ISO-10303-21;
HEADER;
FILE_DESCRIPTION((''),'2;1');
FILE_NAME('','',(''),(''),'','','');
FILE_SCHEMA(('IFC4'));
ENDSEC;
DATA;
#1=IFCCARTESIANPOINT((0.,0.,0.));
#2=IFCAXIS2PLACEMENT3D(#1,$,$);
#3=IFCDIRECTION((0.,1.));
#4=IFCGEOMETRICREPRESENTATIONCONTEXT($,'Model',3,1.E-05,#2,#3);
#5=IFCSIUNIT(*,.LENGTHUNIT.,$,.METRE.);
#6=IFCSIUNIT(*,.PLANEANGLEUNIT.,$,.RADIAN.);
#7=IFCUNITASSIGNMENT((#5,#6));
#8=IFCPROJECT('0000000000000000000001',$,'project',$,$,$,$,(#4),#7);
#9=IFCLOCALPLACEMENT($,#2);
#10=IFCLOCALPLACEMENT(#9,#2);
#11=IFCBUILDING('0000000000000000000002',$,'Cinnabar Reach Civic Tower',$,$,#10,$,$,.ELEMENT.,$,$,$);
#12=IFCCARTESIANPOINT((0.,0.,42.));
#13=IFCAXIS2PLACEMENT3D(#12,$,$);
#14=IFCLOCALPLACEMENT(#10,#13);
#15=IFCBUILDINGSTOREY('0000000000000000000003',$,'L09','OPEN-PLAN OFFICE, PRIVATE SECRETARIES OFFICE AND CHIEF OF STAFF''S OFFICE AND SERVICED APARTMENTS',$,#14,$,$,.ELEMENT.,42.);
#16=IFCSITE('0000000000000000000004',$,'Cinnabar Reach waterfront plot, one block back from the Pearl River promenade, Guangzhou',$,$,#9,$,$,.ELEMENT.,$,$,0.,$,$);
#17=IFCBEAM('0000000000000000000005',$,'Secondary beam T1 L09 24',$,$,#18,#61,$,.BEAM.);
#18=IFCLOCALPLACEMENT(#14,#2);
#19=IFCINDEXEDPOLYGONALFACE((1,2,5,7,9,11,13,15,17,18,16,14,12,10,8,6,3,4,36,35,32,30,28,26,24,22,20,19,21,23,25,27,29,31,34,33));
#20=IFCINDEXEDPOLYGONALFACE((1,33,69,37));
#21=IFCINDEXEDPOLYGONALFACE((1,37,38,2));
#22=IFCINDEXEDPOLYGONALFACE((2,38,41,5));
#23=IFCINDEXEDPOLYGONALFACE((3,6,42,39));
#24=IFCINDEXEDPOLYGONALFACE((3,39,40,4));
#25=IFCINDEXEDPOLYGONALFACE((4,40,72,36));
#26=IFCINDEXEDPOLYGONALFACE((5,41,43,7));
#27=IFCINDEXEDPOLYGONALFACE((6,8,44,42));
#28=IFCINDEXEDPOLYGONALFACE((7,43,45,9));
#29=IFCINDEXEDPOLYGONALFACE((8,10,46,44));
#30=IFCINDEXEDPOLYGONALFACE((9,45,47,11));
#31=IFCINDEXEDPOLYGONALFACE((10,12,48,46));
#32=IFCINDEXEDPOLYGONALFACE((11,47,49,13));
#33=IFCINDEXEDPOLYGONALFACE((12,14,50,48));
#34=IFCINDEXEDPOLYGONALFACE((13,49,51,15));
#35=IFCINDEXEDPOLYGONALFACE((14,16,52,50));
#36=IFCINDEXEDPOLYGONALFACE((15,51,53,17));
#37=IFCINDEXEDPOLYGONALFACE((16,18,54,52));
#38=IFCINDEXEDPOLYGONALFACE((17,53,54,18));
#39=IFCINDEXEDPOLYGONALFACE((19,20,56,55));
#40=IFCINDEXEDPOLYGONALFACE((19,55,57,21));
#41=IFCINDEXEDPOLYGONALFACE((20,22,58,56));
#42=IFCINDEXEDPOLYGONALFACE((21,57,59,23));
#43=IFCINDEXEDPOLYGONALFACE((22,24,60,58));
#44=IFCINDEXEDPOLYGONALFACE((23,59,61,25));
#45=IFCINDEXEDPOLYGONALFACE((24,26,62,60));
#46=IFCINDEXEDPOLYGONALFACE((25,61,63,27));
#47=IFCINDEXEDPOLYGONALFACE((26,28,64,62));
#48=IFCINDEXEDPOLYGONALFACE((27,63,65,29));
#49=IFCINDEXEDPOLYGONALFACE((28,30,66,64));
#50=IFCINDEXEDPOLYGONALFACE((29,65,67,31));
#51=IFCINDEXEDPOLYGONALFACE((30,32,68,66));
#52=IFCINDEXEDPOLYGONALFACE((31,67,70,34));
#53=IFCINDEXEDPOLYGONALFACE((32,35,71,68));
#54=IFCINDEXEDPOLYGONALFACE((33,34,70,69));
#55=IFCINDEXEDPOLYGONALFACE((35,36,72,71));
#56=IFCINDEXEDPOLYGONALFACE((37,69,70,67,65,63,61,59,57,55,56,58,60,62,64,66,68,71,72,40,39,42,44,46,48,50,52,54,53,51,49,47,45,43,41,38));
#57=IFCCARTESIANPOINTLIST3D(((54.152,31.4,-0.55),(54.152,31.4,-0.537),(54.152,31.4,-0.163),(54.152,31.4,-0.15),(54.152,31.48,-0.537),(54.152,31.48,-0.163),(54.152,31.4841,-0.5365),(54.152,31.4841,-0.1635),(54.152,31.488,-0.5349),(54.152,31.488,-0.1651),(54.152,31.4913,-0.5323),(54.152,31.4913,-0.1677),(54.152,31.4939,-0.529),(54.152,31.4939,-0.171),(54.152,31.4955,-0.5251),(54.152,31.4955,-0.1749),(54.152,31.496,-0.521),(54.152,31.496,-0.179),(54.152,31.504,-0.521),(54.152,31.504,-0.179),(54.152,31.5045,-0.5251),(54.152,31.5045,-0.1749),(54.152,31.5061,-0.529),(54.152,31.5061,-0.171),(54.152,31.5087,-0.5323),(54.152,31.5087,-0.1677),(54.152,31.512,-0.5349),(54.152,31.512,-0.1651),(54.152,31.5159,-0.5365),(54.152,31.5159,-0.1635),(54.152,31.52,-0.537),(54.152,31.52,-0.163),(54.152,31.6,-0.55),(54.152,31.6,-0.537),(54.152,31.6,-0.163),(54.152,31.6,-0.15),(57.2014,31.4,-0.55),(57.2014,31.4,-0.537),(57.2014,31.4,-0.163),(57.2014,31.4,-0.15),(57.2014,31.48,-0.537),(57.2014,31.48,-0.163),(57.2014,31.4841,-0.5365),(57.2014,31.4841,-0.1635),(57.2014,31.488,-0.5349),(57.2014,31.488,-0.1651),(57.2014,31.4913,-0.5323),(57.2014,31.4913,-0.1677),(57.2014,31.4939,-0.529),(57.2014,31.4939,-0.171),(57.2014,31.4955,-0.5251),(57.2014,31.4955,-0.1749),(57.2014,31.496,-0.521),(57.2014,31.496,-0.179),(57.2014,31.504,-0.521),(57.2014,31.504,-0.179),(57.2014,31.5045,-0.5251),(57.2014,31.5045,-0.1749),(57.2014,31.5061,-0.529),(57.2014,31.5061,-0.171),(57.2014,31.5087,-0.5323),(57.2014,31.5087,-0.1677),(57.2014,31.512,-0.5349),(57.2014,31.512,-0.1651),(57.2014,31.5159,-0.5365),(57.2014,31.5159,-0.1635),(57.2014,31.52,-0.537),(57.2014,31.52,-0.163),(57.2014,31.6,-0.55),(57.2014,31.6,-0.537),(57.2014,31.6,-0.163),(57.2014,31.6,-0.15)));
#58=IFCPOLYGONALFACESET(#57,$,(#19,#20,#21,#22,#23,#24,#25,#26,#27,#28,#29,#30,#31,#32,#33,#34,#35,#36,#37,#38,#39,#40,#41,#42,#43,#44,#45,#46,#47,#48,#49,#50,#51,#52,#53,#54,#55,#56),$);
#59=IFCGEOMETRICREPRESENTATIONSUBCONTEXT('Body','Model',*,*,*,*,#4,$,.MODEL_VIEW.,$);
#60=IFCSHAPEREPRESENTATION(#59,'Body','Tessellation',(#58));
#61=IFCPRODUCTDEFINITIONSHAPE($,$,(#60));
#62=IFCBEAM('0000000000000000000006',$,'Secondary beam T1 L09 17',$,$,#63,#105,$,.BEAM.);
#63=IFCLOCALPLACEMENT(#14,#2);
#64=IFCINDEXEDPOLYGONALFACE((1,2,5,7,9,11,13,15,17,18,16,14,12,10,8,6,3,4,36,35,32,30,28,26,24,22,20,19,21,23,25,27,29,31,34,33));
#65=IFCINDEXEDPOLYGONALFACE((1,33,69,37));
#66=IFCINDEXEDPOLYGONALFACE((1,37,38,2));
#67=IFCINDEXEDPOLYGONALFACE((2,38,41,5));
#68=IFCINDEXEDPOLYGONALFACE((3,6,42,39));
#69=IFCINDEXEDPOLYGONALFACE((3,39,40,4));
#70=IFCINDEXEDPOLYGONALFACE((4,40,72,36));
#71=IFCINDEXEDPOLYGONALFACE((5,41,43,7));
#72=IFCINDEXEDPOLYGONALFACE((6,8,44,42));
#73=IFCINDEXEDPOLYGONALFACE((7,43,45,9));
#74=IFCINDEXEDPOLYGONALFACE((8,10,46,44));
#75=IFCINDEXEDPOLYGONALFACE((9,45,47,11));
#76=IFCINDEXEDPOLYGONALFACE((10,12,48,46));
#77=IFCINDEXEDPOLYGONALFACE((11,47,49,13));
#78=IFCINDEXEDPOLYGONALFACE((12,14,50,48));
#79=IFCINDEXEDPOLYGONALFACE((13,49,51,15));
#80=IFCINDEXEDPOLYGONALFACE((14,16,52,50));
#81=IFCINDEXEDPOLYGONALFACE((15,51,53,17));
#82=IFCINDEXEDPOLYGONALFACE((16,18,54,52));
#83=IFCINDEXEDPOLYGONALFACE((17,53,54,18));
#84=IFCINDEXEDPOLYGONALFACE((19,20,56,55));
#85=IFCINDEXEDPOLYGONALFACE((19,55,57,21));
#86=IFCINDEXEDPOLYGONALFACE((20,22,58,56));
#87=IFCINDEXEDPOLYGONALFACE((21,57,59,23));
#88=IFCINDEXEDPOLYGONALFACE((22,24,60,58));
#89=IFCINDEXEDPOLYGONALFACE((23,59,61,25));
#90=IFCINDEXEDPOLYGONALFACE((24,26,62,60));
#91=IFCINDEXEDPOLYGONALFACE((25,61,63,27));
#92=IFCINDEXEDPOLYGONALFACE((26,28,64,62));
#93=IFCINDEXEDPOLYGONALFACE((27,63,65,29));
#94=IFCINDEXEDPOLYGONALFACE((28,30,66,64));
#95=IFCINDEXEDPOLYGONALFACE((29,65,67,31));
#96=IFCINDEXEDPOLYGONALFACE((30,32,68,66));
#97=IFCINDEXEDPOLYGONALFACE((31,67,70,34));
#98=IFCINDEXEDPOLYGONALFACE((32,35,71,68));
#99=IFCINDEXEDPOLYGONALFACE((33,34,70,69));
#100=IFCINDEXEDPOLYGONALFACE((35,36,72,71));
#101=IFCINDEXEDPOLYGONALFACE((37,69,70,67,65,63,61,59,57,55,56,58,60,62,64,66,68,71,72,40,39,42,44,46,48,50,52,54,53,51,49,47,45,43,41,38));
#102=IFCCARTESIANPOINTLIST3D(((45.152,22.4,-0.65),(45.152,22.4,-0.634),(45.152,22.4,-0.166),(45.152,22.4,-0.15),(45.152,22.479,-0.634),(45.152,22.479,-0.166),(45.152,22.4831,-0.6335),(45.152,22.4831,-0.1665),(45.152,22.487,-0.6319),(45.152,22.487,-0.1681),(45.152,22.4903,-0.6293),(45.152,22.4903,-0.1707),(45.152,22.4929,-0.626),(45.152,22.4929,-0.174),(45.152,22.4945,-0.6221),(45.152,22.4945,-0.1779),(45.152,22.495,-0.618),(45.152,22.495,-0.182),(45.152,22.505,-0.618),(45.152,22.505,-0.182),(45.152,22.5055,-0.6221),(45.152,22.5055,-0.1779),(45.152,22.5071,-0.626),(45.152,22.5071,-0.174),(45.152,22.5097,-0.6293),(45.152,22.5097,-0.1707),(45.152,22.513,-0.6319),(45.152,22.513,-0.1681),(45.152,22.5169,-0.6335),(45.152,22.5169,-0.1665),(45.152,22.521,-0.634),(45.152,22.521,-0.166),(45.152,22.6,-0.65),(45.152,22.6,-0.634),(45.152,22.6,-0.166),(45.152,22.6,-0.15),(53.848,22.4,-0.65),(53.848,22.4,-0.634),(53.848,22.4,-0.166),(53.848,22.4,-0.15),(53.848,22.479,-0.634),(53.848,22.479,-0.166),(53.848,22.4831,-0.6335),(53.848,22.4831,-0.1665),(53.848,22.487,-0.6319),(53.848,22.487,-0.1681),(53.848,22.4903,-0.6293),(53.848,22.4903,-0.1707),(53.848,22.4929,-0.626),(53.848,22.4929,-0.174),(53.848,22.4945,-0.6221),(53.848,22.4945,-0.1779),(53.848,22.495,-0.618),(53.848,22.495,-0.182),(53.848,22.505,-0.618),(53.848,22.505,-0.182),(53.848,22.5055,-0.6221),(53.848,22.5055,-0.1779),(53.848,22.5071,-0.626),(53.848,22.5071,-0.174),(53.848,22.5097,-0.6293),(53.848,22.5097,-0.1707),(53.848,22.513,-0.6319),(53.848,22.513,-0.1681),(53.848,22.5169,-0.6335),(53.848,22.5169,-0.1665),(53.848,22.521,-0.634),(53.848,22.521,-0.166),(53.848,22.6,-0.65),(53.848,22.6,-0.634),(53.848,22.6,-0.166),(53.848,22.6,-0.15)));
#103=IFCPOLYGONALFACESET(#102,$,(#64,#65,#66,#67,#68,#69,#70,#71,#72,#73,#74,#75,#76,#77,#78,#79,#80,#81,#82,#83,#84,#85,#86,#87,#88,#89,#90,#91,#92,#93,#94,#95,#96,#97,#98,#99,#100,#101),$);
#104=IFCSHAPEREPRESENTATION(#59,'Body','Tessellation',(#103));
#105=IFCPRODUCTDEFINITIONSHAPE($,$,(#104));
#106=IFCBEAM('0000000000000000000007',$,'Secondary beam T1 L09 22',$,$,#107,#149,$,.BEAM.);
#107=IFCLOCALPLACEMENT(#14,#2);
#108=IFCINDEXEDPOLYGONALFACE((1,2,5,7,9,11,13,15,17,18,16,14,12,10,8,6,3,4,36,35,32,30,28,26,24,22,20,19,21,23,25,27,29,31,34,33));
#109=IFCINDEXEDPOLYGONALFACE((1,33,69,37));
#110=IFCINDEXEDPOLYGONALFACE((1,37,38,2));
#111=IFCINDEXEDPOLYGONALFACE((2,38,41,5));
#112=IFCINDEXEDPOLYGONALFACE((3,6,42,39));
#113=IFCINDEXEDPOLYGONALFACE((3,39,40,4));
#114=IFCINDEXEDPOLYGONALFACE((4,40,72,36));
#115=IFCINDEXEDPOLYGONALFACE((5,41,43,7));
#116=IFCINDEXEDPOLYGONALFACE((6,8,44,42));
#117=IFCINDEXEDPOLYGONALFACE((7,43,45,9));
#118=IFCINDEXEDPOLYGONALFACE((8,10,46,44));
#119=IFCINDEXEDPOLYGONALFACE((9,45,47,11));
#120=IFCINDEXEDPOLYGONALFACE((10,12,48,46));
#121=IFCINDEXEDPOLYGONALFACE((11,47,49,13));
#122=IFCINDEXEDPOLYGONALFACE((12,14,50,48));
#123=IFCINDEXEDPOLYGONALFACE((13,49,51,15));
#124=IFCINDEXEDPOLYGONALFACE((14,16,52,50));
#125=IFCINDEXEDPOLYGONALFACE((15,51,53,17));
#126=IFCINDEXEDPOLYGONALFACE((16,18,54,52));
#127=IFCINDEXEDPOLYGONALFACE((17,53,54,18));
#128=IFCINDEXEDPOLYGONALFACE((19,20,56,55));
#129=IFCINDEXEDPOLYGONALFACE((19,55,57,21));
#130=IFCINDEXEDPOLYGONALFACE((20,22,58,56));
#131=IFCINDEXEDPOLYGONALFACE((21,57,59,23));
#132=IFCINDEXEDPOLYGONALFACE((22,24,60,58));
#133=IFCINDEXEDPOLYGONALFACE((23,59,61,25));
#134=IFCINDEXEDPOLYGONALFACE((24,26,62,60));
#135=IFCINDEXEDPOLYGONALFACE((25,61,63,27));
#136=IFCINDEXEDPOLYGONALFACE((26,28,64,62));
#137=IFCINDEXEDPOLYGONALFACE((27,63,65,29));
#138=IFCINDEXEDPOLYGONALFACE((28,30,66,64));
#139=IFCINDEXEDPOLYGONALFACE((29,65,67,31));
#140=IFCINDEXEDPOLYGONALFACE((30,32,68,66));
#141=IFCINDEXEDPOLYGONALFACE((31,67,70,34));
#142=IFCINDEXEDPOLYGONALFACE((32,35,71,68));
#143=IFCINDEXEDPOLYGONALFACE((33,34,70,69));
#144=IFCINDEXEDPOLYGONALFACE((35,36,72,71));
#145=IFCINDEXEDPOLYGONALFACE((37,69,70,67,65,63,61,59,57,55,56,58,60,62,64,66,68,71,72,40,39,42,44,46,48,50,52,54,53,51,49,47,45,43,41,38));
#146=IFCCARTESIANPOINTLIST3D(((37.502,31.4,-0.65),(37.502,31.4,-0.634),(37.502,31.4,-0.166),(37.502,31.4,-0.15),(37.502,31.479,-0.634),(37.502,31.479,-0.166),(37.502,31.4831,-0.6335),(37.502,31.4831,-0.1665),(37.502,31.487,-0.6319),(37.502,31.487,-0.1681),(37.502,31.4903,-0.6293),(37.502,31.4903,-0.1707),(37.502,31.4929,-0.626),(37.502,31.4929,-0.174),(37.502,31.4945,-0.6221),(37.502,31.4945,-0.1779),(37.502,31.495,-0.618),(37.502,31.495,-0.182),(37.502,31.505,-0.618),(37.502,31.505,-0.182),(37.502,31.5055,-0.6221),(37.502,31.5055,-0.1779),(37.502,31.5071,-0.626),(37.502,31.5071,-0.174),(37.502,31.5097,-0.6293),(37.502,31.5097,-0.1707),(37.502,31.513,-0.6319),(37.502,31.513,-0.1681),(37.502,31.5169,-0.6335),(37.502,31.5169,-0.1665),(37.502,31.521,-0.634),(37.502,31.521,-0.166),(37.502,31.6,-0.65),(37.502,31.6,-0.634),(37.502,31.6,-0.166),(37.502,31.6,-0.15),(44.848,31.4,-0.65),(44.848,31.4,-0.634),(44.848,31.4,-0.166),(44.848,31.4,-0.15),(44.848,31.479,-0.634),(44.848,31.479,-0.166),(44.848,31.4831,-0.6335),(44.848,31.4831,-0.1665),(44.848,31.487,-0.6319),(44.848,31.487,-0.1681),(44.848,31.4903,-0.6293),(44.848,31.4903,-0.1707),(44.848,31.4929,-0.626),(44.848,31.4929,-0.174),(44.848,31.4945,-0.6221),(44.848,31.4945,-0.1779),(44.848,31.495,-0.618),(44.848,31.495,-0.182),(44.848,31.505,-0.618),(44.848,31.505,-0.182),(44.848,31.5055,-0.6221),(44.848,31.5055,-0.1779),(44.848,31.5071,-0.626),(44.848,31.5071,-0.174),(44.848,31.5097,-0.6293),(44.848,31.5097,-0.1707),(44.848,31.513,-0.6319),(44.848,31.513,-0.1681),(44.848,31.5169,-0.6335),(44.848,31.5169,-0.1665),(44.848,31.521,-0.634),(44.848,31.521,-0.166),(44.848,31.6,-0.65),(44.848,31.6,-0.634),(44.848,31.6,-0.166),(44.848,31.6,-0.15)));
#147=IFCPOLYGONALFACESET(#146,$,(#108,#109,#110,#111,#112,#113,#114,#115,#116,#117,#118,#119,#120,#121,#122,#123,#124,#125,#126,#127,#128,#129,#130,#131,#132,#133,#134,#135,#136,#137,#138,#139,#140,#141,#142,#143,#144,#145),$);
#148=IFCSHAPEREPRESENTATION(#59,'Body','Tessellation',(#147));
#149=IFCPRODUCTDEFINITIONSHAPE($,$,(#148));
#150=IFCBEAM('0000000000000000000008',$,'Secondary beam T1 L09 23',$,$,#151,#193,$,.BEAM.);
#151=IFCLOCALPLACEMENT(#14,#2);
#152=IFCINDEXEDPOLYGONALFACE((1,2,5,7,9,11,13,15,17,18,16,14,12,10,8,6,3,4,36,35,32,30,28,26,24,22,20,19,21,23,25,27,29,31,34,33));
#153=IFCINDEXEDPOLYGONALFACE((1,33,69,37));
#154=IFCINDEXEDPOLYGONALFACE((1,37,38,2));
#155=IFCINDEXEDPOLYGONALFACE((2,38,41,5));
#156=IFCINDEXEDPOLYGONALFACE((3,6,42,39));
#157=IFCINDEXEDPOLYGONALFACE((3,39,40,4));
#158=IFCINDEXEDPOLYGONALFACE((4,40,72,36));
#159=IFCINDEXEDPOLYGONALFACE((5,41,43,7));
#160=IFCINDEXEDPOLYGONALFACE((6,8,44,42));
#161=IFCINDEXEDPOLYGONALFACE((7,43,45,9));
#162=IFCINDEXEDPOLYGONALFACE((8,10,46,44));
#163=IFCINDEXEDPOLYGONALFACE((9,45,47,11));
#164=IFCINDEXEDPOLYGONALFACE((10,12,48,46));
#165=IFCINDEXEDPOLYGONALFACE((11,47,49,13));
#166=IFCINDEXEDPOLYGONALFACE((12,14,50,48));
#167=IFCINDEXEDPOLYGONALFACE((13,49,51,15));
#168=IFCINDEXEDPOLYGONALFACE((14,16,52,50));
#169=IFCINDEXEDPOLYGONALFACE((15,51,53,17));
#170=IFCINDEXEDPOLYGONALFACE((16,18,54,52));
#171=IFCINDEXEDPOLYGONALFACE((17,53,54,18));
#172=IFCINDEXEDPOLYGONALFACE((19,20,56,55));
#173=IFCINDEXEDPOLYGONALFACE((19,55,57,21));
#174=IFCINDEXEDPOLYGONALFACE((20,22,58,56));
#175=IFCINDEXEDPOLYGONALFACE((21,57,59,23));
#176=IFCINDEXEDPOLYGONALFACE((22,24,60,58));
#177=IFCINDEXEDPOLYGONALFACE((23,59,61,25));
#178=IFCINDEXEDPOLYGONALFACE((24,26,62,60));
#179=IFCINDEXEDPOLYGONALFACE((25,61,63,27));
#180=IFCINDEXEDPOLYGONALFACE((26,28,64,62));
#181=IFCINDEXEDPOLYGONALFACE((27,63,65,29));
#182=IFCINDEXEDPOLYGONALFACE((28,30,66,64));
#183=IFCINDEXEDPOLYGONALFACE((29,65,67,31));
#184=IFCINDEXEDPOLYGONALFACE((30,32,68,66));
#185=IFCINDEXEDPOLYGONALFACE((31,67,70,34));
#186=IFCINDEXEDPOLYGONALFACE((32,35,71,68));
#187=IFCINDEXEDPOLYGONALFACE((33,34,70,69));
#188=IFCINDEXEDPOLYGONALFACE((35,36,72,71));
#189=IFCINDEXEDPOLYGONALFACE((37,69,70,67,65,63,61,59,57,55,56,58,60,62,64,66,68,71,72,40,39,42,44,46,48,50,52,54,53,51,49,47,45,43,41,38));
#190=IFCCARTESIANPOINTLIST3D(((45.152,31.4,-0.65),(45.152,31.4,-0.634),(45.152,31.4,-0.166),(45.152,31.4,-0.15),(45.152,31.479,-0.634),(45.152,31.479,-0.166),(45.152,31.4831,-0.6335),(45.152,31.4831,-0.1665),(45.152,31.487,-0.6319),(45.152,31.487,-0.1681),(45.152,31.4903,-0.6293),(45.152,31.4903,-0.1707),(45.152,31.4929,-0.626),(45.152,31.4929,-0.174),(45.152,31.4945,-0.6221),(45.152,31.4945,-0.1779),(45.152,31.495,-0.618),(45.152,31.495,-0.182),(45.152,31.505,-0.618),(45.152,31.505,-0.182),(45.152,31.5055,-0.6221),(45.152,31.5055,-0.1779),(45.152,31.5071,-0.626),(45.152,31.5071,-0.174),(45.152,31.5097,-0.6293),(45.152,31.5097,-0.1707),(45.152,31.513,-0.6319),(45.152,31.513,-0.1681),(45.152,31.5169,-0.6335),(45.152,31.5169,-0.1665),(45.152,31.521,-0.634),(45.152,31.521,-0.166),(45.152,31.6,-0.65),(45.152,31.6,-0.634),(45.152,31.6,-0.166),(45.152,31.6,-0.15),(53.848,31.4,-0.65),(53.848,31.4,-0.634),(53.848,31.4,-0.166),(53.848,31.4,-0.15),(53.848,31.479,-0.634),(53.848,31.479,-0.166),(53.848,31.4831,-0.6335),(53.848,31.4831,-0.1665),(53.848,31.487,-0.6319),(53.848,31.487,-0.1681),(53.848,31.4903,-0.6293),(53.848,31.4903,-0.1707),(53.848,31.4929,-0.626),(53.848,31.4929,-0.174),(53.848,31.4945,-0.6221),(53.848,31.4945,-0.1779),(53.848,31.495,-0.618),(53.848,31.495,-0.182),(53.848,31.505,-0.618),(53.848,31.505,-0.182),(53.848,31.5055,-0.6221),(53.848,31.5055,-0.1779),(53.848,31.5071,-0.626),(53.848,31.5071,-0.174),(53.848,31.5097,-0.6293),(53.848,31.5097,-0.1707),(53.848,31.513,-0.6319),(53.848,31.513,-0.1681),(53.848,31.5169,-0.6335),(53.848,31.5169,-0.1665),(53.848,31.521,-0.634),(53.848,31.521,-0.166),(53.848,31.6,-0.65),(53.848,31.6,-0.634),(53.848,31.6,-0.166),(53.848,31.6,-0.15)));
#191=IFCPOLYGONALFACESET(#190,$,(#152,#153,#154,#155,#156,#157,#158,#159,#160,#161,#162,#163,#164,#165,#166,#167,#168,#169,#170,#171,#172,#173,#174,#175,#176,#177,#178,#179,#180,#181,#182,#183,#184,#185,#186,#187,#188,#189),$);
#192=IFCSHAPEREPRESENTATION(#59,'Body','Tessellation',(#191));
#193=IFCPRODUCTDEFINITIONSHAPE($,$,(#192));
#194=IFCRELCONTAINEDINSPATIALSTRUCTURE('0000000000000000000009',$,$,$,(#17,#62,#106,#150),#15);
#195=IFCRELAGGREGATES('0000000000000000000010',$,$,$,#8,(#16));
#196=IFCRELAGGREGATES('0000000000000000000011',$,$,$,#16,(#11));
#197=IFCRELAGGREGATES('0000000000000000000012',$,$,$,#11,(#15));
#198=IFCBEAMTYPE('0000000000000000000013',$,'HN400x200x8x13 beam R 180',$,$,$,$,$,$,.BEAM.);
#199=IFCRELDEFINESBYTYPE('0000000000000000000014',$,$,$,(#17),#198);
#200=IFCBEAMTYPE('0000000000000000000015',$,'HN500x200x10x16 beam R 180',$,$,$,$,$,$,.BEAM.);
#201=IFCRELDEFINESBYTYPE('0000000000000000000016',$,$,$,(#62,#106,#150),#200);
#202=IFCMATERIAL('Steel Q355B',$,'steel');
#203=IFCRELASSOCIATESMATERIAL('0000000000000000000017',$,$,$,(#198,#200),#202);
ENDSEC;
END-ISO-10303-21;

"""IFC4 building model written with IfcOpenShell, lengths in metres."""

from ifc_helpers import new_model, si_unit, direction, frame, origin, origin_2d, place, context, subcontext, project, spatial, i_section, extrude, material, material_profile, profile_set, type_object, element, save


model = new_model("IFC4")

# Units and contexts
model_context = context("Model", 3, precision=1e-05, world=origin(), true_north=direction((0.0, 1.0)))
body_context = subcontext(model_context, "Body", "Model", "MODEL_VIEW")
ifc_project = project(units=[si_unit("LENGTHUNIT", "METRE"), si_unit("PLANEANGLEUNIT", "RADIAN")], contexts=[model_context])

# Site, building, storey
site_placement = place(None, origin())
site = spatial("IfcSite", under=ifc_project, at=site_placement, Name="Cinnabar Reach waterfront plot, one block back from the Pearl River promenade, Guangzhou", CompositionType="ELEMENT", RefElevation=0.0)
building_placement = place(site_placement, origin())
building = spatial("IfcBuilding", under=site, at=building_placement, Name="Cinnabar Reach Civic Tower", CompositionType="ELEMENT")
storey_placement = place(building_placement, frame((0.0, 0.0, 42.0)))
storey = spatial("IfcBuildingStorey", under=building, at=storey_placement, Name="L09", Description="OPEN-PLAN OFFICE, PRIVATE SECRETARIES OFFICE AND CHIEF OF STAFF'S OFFICE AND SERVICED APARTMENTS", CompositionType="ELEMENT", Elevation=42.0)

# Beams
ifc_material_1 = material(Name="Steel Q355B", Category="steel")
ifc_material_profile_1 = material_profile(ifc_material_1, i_section(OverallWidth=0.2, OverallDepth=0.4, WebThickness=0.008, FlangeThickness=0.013, FilletRadius=0.016, at=origin_2d()), Name="HN400x200x8x13")
ifc_profile_set_1 = profile_set([ifc_material_profile_1], Name="Steel Q355B")
beam_type_1 = type_object("IfcBeamType", Name="HN400x200x8x13 beam R 180", PredefinedType="BEAM", material=ifc_profile_set_1)
beam_1_placement = place(storey_placement, frame((54.152, 31.5, -0.35), z_axis=(1.0, 0.0, 0.0), x_axis=(0.0, 1.0, 0.0)))
element("IfcBeam", 1, at=beam_1_placement, inside=storey, type_object=beam_type_1, Name="Secondary beam T1 L09 24", PredefinedType="BEAM", context=body_context, shape_type="SweptSolid", body=[
    extrude(i_section(OverallWidth=0.2, OverallDepth=0.4, WebThickness=0.008, FlangeThickness=0.013, FilletRadius=0.016, at=origin_2d()), origin(), (0.0, 0.0, 1.0), 3.0494),
])
ifc_material_profile_2 = material_profile(ifc_material_1, i_section(OverallWidth=0.2, OverallDepth=0.5, WebThickness=0.01, FlangeThickness=0.016, FilletRadius=0.016, at=origin_2d()), Name="HN500x200x10x16")
ifc_profile_set_2 = profile_set([ifc_material_profile_2], Name="Steel Q355B")
beam_type_2 = type_object("IfcBeamType", Name="HN500x200x10x16 beam R 180", PredefinedType="BEAM", material=ifc_profile_set_2)
beam_2_placement = place(storey_placement, frame((45.152, 22.5, -0.4), z_axis=(1.0, 0.0, 0.0), x_axis=(0.0, 1.0, 0.0)))
element("IfcBeam", 2, at=beam_2_placement, inside=storey, type_object=beam_type_2, Name="Secondary beam T1 L09 17", PredefinedType="BEAM", context=body_context, shape_type="SweptSolid", body=[
    extrude(i_section(OverallWidth=0.2, OverallDepth=0.5, WebThickness=0.01, FlangeThickness=0.016, FilletRadius=0.016, at=origin_2d()), origin(), (0.0, 0.0, 1.0), 8.696),
])
beam_3_placement = place(storey_placement, frame((37.502, 31.5, -0.4), z_axis=(1.0, 0.0, 0.0), x_axis=(0.0, 1.0, 0.0)))
element("IfcBeam", 3, at=beam_3_placement, inside=storey, type_object=beam_type_2, Name="Secondary beam T1 L09 22", PredefinedType="BEAM", context=body_context, shape_type="SweptSolid", body=[
    extrude(i_section(OverallWidth=0.2, OverallDepth=0.5, WebThickness=0.01, FlangeThickness=0.016, FilletRadius=0.016, at=origin_2d()), origin(), (0.0, 0.0, 1.0), 7.346),
])
beam_4_placement = place(storey_placement, frame((45.152, 31.5, -0.4), z_axis=(1.0, 0.0, 0.0), x_axis=(0.0, 1.0, 0.0)))
element("IfcBeam", 4, at=beam_4_placement, inside=storey, type_object=beam_type_2, Name="Secondary beam T1 L09 23", PredefinedType="BEAM", context=body_context, shape_type="SweptSolid", body=[
    extrude(i_section(OverallWidth=0.2, OverallDepth=0.5, WebThickness=0.01, FlangeThickness=0.016, FilletRadius=0.016, at=origin_2d()), origin(), (0.0, 0.0, 1.0), 8.696),
])

save(model, "model.ifc")
